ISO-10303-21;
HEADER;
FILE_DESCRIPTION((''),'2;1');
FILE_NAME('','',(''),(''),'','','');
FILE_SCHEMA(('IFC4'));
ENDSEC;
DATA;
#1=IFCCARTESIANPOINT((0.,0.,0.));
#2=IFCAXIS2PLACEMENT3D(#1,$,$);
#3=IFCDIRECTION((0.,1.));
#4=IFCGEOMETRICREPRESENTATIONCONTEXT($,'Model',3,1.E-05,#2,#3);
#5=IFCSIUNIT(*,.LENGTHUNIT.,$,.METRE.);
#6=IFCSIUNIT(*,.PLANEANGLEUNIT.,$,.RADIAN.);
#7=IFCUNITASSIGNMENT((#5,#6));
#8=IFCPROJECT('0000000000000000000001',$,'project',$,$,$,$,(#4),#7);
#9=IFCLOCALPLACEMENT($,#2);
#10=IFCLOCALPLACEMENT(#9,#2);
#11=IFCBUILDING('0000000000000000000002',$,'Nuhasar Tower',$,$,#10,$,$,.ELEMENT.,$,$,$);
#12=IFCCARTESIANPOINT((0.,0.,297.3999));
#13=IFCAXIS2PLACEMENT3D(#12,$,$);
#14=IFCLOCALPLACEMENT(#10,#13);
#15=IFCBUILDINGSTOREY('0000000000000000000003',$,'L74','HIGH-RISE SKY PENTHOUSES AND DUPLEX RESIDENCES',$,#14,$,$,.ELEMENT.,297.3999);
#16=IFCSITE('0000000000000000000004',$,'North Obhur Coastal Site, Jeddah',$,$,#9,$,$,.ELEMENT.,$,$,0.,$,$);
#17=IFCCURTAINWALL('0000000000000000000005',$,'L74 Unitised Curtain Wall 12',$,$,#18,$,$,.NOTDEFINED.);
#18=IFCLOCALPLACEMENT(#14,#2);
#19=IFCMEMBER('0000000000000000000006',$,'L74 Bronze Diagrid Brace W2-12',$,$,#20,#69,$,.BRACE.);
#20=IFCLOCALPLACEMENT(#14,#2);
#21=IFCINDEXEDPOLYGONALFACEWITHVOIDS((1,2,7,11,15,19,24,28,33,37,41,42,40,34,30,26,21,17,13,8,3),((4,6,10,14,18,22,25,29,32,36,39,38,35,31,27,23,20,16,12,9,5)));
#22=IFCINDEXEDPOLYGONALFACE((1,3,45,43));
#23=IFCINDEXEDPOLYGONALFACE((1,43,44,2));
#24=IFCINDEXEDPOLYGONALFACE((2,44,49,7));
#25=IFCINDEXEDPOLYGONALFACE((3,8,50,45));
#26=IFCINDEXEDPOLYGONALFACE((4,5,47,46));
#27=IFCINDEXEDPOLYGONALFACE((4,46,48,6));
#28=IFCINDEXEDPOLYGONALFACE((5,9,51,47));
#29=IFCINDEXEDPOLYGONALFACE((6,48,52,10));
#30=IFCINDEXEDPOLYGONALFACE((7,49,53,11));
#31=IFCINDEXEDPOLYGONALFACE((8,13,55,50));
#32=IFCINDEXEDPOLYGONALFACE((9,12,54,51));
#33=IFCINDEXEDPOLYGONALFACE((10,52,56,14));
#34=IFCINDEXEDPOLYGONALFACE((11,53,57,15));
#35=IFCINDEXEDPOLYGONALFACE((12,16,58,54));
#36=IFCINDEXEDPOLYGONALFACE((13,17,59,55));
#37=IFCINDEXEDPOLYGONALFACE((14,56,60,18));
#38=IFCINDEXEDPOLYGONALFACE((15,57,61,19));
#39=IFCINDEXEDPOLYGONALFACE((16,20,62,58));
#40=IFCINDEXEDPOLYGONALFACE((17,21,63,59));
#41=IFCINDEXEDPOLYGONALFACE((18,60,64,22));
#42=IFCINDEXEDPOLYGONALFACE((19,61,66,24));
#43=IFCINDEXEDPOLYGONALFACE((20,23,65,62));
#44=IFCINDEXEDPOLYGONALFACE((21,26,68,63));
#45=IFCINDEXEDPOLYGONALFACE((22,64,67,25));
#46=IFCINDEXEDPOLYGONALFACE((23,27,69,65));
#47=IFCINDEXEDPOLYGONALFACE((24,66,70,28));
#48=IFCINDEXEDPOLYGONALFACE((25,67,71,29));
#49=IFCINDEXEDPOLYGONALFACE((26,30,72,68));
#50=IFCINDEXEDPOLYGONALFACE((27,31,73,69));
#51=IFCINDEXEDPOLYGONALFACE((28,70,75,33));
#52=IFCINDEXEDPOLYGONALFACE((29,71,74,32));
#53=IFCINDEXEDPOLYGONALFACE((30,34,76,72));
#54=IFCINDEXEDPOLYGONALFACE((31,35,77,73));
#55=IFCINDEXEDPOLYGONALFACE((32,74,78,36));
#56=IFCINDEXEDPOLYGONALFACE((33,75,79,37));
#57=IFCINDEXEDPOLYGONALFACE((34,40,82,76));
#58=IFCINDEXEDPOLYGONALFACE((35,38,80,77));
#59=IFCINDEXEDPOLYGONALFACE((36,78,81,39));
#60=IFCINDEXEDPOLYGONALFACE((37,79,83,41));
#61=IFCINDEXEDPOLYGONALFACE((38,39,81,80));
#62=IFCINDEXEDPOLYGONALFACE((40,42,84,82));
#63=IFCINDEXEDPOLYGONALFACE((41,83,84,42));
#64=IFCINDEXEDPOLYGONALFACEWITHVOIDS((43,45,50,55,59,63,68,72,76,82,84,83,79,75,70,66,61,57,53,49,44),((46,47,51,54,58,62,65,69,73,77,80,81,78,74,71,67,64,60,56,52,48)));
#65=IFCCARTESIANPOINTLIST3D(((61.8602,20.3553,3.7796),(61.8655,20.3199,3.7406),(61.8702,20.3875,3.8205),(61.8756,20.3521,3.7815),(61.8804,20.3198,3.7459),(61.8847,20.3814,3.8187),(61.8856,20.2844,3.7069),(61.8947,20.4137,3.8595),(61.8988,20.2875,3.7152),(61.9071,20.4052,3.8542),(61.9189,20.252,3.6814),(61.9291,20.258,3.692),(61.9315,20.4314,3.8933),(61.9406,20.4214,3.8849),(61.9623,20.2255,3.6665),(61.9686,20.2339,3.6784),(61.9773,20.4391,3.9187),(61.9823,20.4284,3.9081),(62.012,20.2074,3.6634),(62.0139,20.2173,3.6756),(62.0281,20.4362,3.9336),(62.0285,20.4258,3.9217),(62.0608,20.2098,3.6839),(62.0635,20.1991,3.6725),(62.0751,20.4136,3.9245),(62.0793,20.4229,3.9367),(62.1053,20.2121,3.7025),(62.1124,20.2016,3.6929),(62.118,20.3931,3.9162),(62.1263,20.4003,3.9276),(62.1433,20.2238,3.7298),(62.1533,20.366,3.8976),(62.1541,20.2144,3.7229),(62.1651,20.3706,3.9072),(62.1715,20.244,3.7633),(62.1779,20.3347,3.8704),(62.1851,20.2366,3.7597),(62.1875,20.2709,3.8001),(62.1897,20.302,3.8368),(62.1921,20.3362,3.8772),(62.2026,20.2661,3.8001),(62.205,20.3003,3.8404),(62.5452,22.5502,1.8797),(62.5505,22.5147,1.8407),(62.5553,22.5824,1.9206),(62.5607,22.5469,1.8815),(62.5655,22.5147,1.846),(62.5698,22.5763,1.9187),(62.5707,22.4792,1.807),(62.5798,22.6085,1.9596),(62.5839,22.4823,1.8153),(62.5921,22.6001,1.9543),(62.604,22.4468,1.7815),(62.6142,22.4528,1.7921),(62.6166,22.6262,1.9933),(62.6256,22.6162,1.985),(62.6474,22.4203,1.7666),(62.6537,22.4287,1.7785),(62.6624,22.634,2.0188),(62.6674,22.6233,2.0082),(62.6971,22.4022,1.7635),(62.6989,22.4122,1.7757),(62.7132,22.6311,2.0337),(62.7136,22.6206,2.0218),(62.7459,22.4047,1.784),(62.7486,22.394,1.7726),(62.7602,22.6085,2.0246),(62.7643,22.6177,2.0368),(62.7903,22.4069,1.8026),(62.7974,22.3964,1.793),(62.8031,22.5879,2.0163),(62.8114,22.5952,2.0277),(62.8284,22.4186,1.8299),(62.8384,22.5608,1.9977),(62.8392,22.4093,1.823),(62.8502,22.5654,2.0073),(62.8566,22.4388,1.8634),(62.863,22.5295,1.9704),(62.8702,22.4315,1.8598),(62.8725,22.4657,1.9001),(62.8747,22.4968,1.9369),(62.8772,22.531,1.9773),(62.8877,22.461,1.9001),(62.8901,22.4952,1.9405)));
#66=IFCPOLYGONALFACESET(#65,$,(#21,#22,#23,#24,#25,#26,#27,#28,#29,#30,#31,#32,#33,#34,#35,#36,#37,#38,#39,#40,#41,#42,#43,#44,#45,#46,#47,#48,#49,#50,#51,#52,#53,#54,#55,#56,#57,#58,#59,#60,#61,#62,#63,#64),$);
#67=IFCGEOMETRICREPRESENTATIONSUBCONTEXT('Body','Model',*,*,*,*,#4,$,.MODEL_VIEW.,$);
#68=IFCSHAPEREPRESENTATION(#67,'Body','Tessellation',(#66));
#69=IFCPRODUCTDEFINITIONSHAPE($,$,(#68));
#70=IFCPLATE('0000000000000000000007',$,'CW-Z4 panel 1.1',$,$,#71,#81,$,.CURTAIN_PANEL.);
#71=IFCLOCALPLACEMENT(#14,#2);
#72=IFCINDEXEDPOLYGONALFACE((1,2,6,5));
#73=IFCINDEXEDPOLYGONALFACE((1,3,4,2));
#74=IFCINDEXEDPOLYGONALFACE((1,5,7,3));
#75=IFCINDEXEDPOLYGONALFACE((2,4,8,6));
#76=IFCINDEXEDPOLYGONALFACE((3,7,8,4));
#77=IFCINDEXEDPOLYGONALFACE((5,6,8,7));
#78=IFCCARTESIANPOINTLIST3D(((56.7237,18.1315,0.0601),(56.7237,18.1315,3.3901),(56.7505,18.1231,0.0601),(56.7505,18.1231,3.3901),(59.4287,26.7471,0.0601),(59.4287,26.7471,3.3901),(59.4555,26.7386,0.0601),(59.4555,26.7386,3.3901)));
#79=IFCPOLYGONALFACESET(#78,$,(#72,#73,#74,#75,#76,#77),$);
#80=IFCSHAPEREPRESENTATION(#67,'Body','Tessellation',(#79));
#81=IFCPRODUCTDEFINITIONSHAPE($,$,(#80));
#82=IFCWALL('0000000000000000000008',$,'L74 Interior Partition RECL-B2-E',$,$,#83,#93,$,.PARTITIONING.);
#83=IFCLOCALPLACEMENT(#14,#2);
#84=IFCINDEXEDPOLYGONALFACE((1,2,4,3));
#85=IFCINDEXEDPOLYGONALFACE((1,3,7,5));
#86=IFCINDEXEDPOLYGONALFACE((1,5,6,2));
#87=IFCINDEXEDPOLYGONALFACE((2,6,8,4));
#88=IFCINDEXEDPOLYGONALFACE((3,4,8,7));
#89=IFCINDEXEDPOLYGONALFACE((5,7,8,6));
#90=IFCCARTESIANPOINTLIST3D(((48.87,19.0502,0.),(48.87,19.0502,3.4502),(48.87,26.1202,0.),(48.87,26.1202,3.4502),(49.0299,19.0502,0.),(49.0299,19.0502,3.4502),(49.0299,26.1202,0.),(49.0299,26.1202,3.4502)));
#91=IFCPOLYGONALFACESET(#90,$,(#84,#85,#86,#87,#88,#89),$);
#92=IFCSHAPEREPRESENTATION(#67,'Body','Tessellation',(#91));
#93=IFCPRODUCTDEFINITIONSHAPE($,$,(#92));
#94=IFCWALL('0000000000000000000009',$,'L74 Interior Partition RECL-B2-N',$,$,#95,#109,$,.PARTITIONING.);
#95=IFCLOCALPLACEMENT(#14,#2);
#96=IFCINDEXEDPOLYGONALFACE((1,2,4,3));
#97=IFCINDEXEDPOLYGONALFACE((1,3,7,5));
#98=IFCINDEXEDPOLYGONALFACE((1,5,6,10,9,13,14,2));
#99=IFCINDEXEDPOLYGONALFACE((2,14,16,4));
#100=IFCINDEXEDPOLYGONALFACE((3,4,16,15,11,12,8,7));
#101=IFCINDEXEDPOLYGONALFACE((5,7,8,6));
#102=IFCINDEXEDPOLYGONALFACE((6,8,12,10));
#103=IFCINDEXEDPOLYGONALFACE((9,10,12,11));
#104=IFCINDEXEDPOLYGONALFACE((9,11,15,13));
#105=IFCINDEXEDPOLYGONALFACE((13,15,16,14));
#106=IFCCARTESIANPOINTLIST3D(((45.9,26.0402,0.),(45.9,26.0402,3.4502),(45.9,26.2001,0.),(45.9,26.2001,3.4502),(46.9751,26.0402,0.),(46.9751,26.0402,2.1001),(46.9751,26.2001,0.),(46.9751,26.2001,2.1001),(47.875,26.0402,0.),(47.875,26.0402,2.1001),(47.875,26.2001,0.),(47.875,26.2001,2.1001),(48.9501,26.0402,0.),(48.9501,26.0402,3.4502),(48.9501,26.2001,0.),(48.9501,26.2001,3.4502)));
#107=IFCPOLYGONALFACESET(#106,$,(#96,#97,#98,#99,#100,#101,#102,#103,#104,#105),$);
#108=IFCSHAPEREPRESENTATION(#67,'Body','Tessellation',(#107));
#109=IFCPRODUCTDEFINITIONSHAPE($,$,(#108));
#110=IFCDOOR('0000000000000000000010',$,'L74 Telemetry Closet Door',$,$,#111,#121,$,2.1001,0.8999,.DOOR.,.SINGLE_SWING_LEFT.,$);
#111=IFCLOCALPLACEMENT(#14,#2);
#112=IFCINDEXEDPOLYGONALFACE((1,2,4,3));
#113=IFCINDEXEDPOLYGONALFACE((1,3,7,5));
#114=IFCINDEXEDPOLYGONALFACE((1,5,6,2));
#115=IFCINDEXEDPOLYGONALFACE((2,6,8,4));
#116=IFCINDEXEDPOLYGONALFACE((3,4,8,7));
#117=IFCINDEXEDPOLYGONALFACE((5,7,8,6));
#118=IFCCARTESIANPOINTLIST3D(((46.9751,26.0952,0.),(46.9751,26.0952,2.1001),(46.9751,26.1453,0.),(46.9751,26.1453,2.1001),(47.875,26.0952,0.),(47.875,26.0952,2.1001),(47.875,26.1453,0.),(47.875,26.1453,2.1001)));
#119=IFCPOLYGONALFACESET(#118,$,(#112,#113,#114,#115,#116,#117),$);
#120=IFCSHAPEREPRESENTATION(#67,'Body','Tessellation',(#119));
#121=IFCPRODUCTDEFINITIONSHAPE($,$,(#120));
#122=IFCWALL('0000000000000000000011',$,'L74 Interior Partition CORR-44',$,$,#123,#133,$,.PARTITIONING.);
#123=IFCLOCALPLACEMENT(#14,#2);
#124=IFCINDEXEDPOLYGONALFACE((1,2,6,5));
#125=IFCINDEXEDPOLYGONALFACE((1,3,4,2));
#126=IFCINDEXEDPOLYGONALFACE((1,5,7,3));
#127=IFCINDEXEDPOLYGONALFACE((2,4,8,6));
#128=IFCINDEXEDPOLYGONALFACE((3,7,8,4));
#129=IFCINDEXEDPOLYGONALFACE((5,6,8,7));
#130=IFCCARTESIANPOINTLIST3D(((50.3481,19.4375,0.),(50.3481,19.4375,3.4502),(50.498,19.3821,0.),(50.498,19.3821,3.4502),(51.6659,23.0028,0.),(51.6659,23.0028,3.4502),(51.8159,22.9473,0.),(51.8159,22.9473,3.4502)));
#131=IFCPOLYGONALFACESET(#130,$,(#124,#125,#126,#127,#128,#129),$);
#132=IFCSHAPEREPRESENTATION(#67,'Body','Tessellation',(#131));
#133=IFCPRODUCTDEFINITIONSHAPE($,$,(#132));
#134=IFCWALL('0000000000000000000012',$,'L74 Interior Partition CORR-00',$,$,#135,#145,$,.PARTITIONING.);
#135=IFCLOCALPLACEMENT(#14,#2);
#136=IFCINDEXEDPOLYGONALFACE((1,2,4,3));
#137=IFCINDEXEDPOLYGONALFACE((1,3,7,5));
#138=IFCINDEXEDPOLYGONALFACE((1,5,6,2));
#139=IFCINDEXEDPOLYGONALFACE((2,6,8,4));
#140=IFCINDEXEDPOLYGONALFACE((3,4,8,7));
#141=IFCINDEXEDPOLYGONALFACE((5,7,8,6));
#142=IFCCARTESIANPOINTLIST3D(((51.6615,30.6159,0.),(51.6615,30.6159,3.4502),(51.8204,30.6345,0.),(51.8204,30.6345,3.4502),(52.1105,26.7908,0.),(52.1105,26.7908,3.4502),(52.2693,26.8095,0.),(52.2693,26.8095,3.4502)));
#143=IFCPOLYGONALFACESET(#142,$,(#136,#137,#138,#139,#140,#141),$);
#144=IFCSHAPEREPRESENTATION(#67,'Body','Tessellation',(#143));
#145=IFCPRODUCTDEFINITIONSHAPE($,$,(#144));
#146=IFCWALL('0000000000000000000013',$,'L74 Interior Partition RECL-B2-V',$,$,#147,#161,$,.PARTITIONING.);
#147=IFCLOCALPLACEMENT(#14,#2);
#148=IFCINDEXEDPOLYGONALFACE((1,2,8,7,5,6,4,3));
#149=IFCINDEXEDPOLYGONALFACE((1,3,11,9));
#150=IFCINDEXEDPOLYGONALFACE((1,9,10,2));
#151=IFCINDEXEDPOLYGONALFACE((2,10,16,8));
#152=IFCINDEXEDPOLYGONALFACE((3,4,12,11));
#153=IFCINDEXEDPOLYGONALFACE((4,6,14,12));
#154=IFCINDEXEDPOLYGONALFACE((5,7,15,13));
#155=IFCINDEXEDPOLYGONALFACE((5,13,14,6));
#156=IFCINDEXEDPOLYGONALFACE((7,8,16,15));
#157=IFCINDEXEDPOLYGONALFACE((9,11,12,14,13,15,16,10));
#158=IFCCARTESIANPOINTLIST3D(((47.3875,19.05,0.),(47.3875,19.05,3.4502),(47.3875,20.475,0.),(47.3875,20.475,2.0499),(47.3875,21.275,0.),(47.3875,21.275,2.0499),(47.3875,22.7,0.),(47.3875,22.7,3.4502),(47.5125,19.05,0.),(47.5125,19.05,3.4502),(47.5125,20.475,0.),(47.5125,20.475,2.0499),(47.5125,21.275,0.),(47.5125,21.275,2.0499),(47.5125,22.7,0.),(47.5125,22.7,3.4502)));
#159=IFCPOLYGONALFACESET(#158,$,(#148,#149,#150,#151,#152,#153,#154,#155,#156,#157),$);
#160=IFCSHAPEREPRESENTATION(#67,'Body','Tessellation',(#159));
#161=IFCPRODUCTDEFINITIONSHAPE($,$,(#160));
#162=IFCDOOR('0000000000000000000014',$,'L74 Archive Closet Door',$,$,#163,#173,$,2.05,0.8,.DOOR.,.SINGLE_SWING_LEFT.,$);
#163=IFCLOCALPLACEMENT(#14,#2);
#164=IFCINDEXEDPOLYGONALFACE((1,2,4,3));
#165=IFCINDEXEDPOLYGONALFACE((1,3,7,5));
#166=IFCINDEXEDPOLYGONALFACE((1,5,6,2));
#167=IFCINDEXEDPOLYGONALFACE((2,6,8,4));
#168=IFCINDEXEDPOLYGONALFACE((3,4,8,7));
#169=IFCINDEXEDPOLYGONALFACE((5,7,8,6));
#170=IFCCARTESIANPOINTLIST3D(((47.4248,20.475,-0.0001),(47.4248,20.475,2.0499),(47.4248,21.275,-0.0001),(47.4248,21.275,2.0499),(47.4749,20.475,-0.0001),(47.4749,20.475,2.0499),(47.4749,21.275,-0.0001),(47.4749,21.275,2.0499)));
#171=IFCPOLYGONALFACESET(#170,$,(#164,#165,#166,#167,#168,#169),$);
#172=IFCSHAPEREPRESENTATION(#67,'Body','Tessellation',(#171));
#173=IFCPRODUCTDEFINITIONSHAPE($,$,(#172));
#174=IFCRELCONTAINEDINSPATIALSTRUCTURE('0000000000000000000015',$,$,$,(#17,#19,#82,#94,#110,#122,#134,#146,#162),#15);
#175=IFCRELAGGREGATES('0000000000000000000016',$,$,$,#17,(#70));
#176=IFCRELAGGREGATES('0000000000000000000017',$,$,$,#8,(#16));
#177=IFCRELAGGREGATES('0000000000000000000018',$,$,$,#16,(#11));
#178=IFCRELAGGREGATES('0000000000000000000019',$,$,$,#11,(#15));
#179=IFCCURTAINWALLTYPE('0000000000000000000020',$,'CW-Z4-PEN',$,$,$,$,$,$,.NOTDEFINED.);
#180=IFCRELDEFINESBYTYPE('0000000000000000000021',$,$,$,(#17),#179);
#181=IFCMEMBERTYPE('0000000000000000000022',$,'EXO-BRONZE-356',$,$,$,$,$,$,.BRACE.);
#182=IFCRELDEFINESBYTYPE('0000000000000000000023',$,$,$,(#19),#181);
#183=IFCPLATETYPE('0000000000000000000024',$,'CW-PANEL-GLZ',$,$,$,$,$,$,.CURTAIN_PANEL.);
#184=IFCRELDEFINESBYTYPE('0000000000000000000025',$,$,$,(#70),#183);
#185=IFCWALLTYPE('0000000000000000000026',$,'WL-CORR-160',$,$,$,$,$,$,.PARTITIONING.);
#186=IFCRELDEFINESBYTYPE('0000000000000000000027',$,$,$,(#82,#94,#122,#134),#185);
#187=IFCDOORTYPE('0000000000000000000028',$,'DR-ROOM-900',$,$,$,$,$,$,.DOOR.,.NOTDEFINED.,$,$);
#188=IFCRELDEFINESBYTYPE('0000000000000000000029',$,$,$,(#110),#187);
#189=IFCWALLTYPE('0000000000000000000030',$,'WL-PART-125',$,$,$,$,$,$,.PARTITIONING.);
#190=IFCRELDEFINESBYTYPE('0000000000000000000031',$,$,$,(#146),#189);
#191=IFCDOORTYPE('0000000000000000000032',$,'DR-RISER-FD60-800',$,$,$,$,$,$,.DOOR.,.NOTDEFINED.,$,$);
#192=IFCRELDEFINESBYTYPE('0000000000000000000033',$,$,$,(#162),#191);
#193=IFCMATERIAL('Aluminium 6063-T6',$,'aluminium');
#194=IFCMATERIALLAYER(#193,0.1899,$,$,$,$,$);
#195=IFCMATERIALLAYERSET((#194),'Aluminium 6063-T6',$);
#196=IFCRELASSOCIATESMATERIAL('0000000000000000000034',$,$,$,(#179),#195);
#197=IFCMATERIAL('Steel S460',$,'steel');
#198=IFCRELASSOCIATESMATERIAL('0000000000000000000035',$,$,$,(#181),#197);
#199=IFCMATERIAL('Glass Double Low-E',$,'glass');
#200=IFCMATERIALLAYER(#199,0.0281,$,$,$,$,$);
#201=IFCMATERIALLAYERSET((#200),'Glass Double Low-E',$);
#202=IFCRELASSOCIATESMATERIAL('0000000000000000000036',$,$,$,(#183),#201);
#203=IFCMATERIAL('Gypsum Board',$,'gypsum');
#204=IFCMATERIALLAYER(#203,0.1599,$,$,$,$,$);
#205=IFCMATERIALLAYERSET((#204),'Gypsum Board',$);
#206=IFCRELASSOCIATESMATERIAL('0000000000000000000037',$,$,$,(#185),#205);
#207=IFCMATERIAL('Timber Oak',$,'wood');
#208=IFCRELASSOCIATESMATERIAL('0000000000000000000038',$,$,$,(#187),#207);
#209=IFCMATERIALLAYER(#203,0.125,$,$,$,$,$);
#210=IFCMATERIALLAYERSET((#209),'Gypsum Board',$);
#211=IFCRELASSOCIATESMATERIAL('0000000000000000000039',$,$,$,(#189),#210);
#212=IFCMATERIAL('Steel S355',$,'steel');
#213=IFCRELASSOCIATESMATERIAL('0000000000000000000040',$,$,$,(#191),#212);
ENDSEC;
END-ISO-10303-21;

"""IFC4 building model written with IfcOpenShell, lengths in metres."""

from ifc_helpers import new_model, si_unit, direction, frame, frame_2d, origin, origin_2d, place, context, subcontext, project, spatial, rectangle, hollow_circle, extrude, material, layer, layer_set, material_profile, profile_set, type_object, element, fill, aggregate, save


model = new_model("IFC4")

# Units and contexts
model_context = context("Model", 3, precision=1e-05, world=origin(), true_north=direction((0.0, 1.0)))
body_context = subcontext(model_context, "Body", "Model", "MODEL_VIEW")
ifc_project = project(units=[si_unit("LENGTHUNIT", "METRE"), si_unit("PLANEANGLEUNIT", "RADIAN")], contexts=[model_context])

# Site, building, storey
site_placement = place(None, origin())
site = spatial("IfcSite", under=ifc_project, at=site_placement, Name="North Obhur Coastal Site, Jeddah", CompositionType="ELEMENT", RefElevation=0.0)
building_placement = place(site_placement, origin())
building = spatial("IfcBuilding", under=site, at=building_placement, Name="Nuhasar Tower", CompositionType="ELEMENT")
storey_placement = place(building_placement, frame((0.0, 0.0, 297.3999)))
storey = spatial("IfcBuildingStorey", under=building, at=storey_placement, Name="L74", Description="HIGH-RISE SKY PENTHOUSES AND DUPLEX RESIDENCES", CompositionType="ELEMENT", Elevation=297.3999)

# Shared definitions
ifc_material_1 = material(Name="Steel S355", Category="steel")

# Curtain wall
ifc_material_2 = material(Name="Aluminium 6063-T6", Category="aluminium")
ifc_layer_1 = layer(ifc_material_2, 0.1899)
ifc_layer_set_1 = layer_set([ifc_layer_1], Name="Aluminium 6063-T6")
curtain_wall_type = type_object("IfcCurtainWallType", Name="CW-Z4-PEN", PredefinedType="NOTDEFINED", material=ifc_layer_set_1)
curtain_wall_1_placement = place(storey_placement, origin())
curtain_wall_1 = element("IfcCurtainWall", 1, at=curtain_wall_1_placement, inside=storey, type_object=curtain_wall_type, Name="L74 Unitised Curtain Wall 12", PredefinedType="NOTDEFINED")

# Member
ifc_material_3 = material(Name="Steel S460", Category="steel")
ifc_material_profile_1 = material_profile(ifc_material_3, hollow_circle(Radius=0.1777, WallThickness=0.0159, at=origin_2d()), Name="HSS355.6X15.9")
ifc_profile_set_1 = profile_set([ifc_material_profile_1], Name="Steel S460")
member_type_1 = type_object("IfcMemberType", Name="EXO-BRONZE-356", PredefinedType="BRACE", material=ifc_profile_set_1)
member_1_placement = place(storey_placement, frame((62.718, 22.5139, 1.9001), z_axis=(-0.229681, -0.735864, 0.636985), x_axis=(0.954582, -0.297948, 0.0)))
element("IfcMember", 2, at=member_1_placement, inside=storey, type_object=member_type_1, Name="L74 Bronze Diagrid Brace W2-12", PredefinedType="BRACE", context=body_context, shape_type="SweptSolid", body=[
    extrude(hollow_circle(Radius=0.1777, WallThickness=0.0159, at=origin_2d()), origin(), (0.0, 0.0, 1.0), 2.9827),
])

# Plate
ifc_material_4 = material(Name="Glass Double Low-E", Category="glass")
ifc_layer_2 = layer(ifc_material_4, 0.0281)
ifc_layer_set_2 = layer_set([ifc_layer_2], Name="Glass Double Low-E")
plate_type = type_object("IfcPlateType", Name="CW-PANEL-GLZ", PredefinedType="CURTAIN_PANEL", material=ifc_layer_set_2)
plate_placement = place(storey_placement, frame((58.0896, 22.4351, 0.0601), z_axis=(0.0, 0.0, 1.0), x_axis=(0.299557, 0.954079, 0.0)))
plate = element("IfcPlate", 3, at=plate_placement, type_object=plate_type, Name="CW-Z4 panel 1.1", PredefinedType="CURTAIN_PANEL", context=body_context, shape_type="SweptSolid", body=[
    extrude(rectangle(XDim=9.0303, YDim=0.0281, at=origin_2d()), origin(), (0.0, 0.0, 1.0), 3.3301),
])
aggregate(curtain_wall_1, [plate])

# Wall
ifc_material_5 = material(Name="Gypsum Board", Category="gypsum")
ifc_layer_3 = layer(ifc_material_5, 0.1599)
ifc_layer_set_3 = layer_set([ifc_layer_3], Name="Gypsum Board")
wall_type_1 = type_object("IfcWallType", Name="WL-CORR-160", PredefinedType="PARTITIONING", material=ifc_layer_set_3)
wall_1_placement = place(storey_placement, frame((48.95, 19.05, 0.0), z_axis=(0.0, 0.0, 1.0), x_axis=(0.0, 1.0, 0.0)))
element("IfcWall", 4, at=wall_1_placement, inside=storey, type_object=wall_type_1, Name="L74 Interior Partition RECL-B2-E", PredefinedType="PARTITIONING", context=body_context, shape_type="SweptSolid", body=[
    extrude(rectangle(XDim=7.0701, YDim=0.1599, at=frame_2d((3.5352, 0.0))), origin(), (0.0, 0.0, 1.0), 3.4502),
])

# Wall, opening, door
wall_2_placement = place(storey_placement, frame((48.95, 26.1201, 0.0), z_axis=(0.0, 0.0, 1.0), x_axis=(-1.0, 0.0, 0.0)))
wall_2 = element("IfcWall", 5, at=wall_2_placement, inside=storey, type_object=wall_type_1, Name="L74 Interior Partition RECL-B2-N", PredefinedType="PARTITIONING", context=body_context, shape_type="SweptSolid", body=[
    extrude(rectangle(XDim=3.05, YDim=0.1599, at=frame_2d((1.5249, 0.0))), origin(), (0.0, 0.0, 1.0), 3.4502),
])
opening_1_placement = place(wall_2_placement, frame((1.075, 0.0, 0.0)))
opening_1 = element("IfcOpeningElement", 6, at=opening_1_placement, cuts=wall_2, PredefinedType="OPENING", context=body_context, shape_type="SweptSolid", body=[
    extrude(rectangle(XDim=0.8999, YDim=2.1001, at=frame_2d((0.45, 1.05))), frame((0.0, 0.0898, 0.0), z_axis=(0.0, -1.0, 0.0), x_axis=(1.0, 0.0, 0.0)), (0.0, 0.0, 1.0), 0.1799),
])
ifc_material_6 = material(Name="Timber Oak", Category="wood")
door_type_1 = type_object("IfcDoorType", Name="DR-ROOM-900", OperationType="NOTDEFINED", PredefinedType="DOOR", material=ifc_material_6)
door_1_placement = place(opening_1_placement, origin())
door_1 = element("IfcDoor", 7, at=door_1_placement, inside=storey, type_object=door_type_1, Name="L74 Telemetry Closet Door", OperationType="SINGLE_SWING_LEFT", OverallHeight=2.1001, OverallWidth=0.8999, PredefinedType="DOOR", context=body_context, shape_type="SweptSolid", body=[
    extrude(rectangle(XDim=0.8999, YDim=2.1001, at=frame_2d((0.45, 1.05))), frame((0.0, 0.0249, 0.0), z_axis=(0.0, -1.0, 0.0), x_axis=(1.0, 0.0, 0.0)), (0.0, 0.0, 1.0), 0.05),
])
fill(opening_1, door_1)

# Wall
wall_3_placement = place(storey_placement, frame((50.4231, 19.4099, 0.0), z_axis=(0.0, 0.0, 1.0), x_axis=(0.34672, 0.937969, 0.0)))
element("IfcWall", 8, at=wall_3_placement, inside=storey, type_object=wall_type_1, Name="L74 Interior Partition CORR-44", PredefinedType="PARTITIONING", context=body_context, shape_type="SweptSolid", body=[
    extrude(rectangle(XDim=3.801, YDim=0.1599, at=frame_2d((1.9004, 0.0))), origin(), (0.0, 0.0, 1.0), 3.4502),
])

# Wall
wall_4_placement = place(storey_placement, frame((52.1899, 26.8, 0.0), z_axis=(0.0, 0.0, 1.0), x_axis=(-0.11658, 0.993181, 0.0)))
element("IfcWall", 9, at=wall_4_placement, inside=storey, type_object=wall_type_1, Name="L74 Interior Partition CORR-00", PredefinedType="PARTITIONING", context=body_context, shape_type="SweptSolid", body=[
    extrude(rectangle(XDim=3.8513, YDim=0.1599, at=frame_2d((1.9258, 0.0))), origin(), (0.0, 0.0, 1.0), 3.4502),
])

# Wall, opening, door
ifc_layer_4 = layer(ifc_material_5, 0.125)
ifc_layer_set_4 = layer_set([ifc_layer_4], Name="Gypsum Board")
wall_type_2 = type_object("IfcWallType", Name="WL-PART-125", PredefinedType="PARTITIONING", material=ifc_layer_set_4)
wall_5_placement = place(storey_placement, frame((47.45, 22.7, 0.0), z_axis=(0.0, 0.0, 1.0), x_axis=(0.0, -1.0, 0.0)))
wall_5 = element("IfcWall", 10, at=wall_5_placement, inside=storey, type_object=wall_type_2, Name="L74 Interior Partition RECL-B2-V", PredefinedType="PARTITIONING", context=body_context, shape_type="SweptSolid", body=[
    extrude(rectangle(XDim=3.6499, YDim=0.125, at=frame_2d((1.825, 0.0))), origin(), (0.0, 0.0, 1.0), 3.4502),
])
opening_2_placement = place(wall_5_placement, frame((1.425, 0.0, 0.0)))
opening_2 = element("IfcOpeningElement", 11, at=opening_2_placement, cuts=wall_5, PredefinedType="OPENING", context=body_context, shape_type="SweptSolid", body=[
    extrude(rectangle(XDim=0.8, YDim=2.05, at=frame_2d((0.3999, 1.0249))), frame((0.0, 0.0725, 0.0), z_axis=(0.0, -1.0, 0.0), x_axis=(1.0, 0.0, 0.0)), (0.0, 0.0, 1.0), 0.145),
])
door_type_2 = type_object("IfcDoorType", Name="DR-RISER-FD60-800", OperationType="NOTDEFINED", PredefinedType="DOOR", material=ifc_material_1)
door_2_placement = place(opening_2_placement, origin())
door_2 = element("IfcDoor", 12, at=door_2_placement, inside=storey, type_object=door_type_2, Name="L74 Archive Closet Door", OperationType="SINGLE_SWING_LEFT", OverallHeight=2.05, OverallWidth=0.8, PredefinedType="DOOR", context=body_context, shape_type="SweptSolid", body=[
    extrude(rectangle(XDim=0.8, YDim=2.05, at=frame_2d((0.3999, 1.0249))), frame((0.0, 0.0249, 0.0), z_axis=(0.0, -1.0, 0.0), x_axis=(1.0, 0.0, 0.0)), (0.0, 0.0, 1.0), 0.05),
])
fill(opening_2, door_2)

save(model, "model.ifc")
